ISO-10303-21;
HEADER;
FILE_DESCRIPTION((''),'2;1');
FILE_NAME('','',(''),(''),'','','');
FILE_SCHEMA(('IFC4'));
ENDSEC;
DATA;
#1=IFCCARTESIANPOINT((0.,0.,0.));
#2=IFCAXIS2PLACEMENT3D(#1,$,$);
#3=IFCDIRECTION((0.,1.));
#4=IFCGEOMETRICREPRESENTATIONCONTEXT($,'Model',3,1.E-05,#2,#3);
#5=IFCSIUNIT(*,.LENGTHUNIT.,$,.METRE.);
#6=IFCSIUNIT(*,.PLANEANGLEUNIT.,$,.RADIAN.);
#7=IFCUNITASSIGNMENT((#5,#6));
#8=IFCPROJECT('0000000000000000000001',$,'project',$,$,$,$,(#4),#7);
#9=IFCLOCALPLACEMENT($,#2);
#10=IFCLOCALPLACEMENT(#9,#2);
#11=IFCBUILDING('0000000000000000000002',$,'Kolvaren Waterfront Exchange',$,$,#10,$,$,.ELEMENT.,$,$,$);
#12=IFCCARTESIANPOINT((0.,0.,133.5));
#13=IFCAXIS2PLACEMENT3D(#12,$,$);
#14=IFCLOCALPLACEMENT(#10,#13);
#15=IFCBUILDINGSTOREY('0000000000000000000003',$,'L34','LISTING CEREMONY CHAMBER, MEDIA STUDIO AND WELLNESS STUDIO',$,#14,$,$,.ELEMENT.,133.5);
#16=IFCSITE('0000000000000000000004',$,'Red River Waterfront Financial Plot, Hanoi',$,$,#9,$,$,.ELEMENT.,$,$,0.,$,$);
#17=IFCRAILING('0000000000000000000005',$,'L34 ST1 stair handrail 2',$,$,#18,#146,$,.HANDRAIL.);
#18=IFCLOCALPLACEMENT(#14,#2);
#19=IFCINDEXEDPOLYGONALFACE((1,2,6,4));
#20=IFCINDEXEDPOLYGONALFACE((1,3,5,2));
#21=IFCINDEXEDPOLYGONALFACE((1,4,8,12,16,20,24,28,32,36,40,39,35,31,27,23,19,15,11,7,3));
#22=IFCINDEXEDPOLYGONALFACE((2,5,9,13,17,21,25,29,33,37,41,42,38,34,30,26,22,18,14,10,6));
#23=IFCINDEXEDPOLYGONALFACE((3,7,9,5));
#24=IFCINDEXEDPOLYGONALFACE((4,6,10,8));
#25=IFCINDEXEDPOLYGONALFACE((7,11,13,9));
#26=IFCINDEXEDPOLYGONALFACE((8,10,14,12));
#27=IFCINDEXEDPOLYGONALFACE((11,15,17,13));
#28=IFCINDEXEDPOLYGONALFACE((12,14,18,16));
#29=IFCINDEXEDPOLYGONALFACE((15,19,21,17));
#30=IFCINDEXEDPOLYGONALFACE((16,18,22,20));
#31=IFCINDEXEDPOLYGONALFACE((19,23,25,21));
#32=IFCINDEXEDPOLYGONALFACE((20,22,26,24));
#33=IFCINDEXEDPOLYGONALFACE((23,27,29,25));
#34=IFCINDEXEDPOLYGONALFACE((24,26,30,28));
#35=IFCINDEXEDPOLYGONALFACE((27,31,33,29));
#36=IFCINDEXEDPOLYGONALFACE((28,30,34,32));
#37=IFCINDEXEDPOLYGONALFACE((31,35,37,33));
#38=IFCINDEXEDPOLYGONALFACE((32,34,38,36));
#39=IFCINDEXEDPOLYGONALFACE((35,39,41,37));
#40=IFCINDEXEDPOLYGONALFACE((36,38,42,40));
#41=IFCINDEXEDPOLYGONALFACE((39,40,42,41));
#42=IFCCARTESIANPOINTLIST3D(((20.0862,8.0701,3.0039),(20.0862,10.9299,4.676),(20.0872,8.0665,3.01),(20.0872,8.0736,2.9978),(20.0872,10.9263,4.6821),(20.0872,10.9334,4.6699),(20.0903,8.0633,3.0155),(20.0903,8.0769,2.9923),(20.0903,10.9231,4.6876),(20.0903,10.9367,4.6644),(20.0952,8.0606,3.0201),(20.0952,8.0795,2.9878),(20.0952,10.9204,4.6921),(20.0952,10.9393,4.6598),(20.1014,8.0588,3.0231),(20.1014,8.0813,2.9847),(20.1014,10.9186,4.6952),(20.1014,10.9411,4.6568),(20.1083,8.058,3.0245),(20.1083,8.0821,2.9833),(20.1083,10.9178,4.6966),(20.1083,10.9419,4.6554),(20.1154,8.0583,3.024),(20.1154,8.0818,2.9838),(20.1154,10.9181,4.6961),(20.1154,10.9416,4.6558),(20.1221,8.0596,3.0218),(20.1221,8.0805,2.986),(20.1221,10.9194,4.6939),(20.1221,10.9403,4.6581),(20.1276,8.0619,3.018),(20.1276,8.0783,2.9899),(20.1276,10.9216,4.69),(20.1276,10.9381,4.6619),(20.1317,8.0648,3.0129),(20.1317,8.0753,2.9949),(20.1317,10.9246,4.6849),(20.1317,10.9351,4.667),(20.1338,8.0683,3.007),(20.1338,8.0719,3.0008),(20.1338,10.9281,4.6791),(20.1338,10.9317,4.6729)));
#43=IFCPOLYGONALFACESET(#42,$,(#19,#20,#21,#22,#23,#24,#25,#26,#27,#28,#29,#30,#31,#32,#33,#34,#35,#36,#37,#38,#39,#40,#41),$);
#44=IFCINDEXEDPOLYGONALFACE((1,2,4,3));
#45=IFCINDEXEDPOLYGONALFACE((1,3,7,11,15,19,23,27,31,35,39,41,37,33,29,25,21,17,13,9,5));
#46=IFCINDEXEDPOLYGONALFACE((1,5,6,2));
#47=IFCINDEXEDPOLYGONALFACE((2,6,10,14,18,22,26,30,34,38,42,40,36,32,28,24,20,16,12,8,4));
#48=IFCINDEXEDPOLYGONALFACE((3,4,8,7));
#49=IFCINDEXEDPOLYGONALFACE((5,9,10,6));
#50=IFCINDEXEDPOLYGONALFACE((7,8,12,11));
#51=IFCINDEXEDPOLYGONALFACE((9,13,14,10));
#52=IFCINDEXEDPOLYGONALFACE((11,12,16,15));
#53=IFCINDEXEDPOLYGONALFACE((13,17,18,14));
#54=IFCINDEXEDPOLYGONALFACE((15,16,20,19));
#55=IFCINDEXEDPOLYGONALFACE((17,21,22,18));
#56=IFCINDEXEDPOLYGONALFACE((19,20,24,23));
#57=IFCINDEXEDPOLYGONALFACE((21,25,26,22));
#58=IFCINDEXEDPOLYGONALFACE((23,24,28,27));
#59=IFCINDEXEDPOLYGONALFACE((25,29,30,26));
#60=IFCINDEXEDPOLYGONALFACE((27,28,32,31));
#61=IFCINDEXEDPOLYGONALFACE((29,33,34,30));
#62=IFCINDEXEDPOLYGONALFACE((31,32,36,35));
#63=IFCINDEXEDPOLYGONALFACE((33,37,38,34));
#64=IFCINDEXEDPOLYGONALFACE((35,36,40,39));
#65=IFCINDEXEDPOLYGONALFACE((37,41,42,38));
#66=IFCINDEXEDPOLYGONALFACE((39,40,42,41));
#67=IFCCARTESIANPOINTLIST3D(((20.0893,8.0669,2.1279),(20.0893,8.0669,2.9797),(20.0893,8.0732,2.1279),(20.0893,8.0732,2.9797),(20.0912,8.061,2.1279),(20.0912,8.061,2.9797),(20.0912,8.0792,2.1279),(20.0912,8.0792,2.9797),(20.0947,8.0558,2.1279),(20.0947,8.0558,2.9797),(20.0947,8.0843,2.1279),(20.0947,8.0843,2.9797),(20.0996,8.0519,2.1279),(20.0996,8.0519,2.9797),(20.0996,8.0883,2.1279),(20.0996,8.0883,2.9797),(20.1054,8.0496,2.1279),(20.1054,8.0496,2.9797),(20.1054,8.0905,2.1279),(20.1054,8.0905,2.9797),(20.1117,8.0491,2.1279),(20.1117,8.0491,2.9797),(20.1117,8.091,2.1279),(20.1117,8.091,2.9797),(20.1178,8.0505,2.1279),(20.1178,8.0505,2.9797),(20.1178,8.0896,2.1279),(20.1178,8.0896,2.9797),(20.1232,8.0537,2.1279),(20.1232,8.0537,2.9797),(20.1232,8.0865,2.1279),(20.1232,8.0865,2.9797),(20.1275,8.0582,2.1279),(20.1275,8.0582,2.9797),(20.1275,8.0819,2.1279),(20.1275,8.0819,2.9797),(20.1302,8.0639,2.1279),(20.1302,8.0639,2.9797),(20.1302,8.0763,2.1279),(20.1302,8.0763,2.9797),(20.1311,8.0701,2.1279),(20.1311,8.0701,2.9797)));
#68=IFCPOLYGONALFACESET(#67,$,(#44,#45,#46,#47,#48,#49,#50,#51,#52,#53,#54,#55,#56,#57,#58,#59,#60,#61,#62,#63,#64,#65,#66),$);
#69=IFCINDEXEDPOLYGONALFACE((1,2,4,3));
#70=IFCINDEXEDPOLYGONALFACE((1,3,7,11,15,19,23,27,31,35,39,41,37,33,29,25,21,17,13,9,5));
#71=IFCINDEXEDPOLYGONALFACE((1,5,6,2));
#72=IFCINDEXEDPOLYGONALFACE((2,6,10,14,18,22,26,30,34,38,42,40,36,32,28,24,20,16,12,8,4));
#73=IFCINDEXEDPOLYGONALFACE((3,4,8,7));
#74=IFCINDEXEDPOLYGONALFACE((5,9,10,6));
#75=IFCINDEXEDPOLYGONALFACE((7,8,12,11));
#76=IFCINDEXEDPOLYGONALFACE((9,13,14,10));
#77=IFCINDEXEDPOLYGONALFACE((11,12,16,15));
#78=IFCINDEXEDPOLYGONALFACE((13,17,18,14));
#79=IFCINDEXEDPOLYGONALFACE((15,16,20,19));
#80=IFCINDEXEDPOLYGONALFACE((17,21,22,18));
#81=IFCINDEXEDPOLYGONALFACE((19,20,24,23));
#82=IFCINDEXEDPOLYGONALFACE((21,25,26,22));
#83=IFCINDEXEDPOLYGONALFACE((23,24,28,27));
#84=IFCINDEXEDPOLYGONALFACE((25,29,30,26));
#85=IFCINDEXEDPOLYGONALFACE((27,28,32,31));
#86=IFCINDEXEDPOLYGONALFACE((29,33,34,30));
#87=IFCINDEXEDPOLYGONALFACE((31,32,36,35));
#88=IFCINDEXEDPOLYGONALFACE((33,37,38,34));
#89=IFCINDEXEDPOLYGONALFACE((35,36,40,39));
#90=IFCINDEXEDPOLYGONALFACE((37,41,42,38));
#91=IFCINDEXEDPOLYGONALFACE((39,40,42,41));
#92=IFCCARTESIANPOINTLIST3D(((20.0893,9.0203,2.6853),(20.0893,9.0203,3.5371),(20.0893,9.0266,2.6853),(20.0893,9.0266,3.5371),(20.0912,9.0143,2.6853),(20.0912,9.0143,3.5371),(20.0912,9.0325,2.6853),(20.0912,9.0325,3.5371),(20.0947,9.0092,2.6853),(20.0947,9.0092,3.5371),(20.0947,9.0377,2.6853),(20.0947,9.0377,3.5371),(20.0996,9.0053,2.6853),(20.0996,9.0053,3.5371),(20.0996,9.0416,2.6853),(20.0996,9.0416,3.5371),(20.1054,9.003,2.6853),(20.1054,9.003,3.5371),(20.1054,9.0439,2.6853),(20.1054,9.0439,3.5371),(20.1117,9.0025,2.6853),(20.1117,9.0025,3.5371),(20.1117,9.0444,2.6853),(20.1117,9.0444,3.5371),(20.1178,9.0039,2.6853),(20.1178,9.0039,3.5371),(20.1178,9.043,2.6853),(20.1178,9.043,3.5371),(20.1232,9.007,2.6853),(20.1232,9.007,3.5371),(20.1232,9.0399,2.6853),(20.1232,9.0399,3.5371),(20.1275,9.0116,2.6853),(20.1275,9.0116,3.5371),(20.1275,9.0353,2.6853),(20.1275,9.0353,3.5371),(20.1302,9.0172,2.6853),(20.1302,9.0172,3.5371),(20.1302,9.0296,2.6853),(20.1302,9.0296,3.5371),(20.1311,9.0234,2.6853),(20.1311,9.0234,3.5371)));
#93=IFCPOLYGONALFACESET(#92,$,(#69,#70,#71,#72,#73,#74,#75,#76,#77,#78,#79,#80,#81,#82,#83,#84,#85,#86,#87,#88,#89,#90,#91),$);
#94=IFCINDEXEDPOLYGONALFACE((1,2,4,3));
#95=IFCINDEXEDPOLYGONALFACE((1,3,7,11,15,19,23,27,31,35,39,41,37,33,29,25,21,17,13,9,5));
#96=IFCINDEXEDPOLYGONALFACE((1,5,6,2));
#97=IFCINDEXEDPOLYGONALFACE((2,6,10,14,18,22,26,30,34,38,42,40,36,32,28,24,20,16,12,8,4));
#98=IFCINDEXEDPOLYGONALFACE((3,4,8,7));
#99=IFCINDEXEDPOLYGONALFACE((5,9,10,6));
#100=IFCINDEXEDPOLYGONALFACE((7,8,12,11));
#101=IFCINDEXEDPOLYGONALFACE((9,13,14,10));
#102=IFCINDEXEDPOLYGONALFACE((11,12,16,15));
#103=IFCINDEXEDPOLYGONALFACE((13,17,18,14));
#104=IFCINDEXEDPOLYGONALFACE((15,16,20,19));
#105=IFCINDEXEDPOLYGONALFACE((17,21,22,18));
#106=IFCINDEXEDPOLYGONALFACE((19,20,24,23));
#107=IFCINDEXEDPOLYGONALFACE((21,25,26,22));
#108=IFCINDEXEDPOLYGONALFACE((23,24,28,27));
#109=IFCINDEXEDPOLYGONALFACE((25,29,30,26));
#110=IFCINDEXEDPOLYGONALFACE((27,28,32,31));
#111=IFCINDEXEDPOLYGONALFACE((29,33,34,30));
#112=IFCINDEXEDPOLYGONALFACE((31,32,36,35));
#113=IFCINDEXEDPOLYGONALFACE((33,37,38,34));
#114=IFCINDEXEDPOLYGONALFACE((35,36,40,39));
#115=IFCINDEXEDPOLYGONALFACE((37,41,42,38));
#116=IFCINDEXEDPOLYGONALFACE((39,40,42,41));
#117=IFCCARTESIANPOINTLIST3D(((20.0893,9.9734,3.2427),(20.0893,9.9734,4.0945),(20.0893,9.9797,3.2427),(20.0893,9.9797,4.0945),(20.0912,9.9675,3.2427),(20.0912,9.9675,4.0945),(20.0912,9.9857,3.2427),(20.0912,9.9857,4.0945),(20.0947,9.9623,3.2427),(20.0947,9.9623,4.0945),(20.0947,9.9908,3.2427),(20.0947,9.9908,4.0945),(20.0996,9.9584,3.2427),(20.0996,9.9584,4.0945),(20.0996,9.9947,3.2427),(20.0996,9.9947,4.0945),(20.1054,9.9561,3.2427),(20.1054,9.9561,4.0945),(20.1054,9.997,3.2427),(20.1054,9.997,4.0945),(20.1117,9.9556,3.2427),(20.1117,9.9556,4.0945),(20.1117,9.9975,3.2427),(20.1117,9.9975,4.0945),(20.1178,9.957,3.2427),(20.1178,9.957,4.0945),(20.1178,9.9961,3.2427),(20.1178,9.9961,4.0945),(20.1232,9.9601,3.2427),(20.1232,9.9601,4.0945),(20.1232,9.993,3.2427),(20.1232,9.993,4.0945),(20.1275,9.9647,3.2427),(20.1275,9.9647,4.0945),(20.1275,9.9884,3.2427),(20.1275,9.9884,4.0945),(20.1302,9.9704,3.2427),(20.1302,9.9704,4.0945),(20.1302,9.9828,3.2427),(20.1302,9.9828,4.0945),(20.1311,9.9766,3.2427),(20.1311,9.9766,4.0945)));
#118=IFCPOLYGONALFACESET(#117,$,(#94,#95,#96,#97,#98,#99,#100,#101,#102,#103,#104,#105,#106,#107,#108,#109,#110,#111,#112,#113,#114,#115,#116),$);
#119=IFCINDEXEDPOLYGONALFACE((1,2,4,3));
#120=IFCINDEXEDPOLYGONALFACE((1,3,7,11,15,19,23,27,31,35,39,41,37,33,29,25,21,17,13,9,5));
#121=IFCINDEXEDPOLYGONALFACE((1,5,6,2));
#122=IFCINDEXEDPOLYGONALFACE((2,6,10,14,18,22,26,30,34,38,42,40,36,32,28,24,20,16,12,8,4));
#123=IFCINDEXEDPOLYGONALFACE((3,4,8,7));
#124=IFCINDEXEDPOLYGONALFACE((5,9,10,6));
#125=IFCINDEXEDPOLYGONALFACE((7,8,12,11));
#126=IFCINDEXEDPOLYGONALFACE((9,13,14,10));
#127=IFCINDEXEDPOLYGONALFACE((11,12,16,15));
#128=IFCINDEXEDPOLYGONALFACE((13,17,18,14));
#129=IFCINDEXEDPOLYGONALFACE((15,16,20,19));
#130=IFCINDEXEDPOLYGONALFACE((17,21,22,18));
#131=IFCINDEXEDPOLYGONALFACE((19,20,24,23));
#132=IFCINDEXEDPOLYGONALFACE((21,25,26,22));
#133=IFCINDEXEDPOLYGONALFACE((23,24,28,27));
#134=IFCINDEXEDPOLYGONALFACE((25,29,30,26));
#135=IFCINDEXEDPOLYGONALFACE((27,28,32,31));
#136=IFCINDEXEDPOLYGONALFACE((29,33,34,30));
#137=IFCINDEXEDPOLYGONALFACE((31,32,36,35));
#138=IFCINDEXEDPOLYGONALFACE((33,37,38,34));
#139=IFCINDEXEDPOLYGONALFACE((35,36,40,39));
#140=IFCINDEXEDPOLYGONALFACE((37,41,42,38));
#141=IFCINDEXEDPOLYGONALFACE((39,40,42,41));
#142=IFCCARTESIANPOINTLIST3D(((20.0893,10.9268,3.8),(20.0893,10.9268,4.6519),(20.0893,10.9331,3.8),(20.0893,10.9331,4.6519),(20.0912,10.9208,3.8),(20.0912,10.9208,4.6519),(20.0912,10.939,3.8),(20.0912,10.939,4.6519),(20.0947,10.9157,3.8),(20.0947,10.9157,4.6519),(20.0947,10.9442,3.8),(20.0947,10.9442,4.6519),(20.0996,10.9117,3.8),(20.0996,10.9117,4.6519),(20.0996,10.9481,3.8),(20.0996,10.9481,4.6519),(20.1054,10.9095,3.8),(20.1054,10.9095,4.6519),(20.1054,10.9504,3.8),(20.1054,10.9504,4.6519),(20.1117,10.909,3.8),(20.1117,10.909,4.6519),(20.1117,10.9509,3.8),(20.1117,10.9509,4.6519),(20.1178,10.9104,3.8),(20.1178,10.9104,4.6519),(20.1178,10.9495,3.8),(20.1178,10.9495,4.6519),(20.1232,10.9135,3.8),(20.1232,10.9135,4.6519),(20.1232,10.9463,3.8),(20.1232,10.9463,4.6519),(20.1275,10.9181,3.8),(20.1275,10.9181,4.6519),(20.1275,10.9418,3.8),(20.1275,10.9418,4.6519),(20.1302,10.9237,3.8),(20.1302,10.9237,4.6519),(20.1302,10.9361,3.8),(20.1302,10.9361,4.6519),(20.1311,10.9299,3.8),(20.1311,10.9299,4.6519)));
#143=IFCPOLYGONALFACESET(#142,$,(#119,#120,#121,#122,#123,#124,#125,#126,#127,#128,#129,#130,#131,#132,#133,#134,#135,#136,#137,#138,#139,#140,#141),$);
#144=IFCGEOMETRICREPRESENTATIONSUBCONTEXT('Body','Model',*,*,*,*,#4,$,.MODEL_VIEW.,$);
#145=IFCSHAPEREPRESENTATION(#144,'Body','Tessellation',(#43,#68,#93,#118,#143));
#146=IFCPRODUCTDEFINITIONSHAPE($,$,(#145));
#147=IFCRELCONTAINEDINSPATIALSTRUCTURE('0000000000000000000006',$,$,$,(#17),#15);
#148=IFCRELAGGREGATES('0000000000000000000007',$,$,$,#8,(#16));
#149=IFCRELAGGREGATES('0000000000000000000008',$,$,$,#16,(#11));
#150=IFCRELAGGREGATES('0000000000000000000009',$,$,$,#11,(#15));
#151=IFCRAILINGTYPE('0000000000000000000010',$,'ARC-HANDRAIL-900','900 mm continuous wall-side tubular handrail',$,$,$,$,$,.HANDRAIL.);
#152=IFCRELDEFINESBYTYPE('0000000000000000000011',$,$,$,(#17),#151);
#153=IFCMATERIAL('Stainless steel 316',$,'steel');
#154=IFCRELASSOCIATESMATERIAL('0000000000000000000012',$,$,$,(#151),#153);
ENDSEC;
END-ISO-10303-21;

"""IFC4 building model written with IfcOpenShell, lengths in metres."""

from ifc_helpers import new_model, si_unit, direction, frame, origin, origin_2d, place, context, subcontext, project, spatial, circle, extrude, material, type_object, element, save


model = new_model("IFC4")

# Units and contexts
model_context = context("Model", 3, precision=1e-05, world=origin(), true_north=direction((0.0, 1.0)))
body_context = subcontext(model_context, "Body", "Model", "MODEL_VIEW")
ifc_project = project(units=[si_unit("LENGTHUNIT", "METRE"), si_unit("PLANEANGLEUNIT", "RADIAN")], contexts=[model_context])

# Site, building, storey
site_placement = place(None, origin())
site = spatial("IfcSite", under=ifc_project, at=site_placement, Name="Red River Waterfront Financial Plot, Hanoi", CompositionType="ELEMENT", RefElevation=0.0)
building_placement = place(site_placement, origin())
building = spatial("IfcBuilding", under=site, at=building_placement, Name="Kolvaren Waterfront Exchange", CompositionType="ELEMENT")
storey_placement = place(building_placement, frame((0.0, 0.0, 133.5)))
storey = spatial("IfcBuildingStorey", under=building, at=storey_placement, Name="L34", Description="LISTING CEREMONY CHAMBER, MEDIA STUDIO AND WELLNESS STUDIO", CompositionType="ELEMENT", Elevation=133.5)

# Railing
ifc_material_1 = material(Name="Stainless steel 316", Category="steel")
railing_type_1 = type_object("IfcRailingType", Name="ARC-HANDRAIL-900", Description="900 mm continuous wall-side tubular handrail", PredefinedType="HANDRAIL", material=ifc_material_1)
railing_1_placement = place(storey_placement, frame((20.1101, 8.0701, 2.1279)))
element("IfcRailing", 1, at=railing_1_placement, inside=storey, type_object=railing_type_1, Name="L34 ST1 stair handrail 2", PredefinedType="HANDRAIL", context=body_context, shape_type="SweptSolid", body=[
    extrude(circle(Radius=0.0239, at=origin_2d()), frame((0.0, 0.0, 0.876), z_axis=(0.0, 0.863271, 0.504741), x_axis=(-1.0, 0.0, 0.0)), (0.0, 0.0, 1.0), 3.3127),
    extrude(circle(Radius=0.021, at=origin_2d()), origin(), (0.0, 0.0, 1.0), 0.8518),
    extrude(circle(Radius=0.021, at=origin_2d()), frame((0.0, 0.9534, 0.5574)), (0.0, 0.0, 1.0), 0.8518),
    extrude(circle(Radius=0.021, at=origin_2d()), frame((0.0, 1.9065, 1.1147)), (0.0, 0.0, 1.0), 0.8518),
    extrude(circle(Radius=0.021, at=origin_2d()), frame((0.0, 2.8599, 1.6721)), (0.0, 0.0, 1.0), 0.8518),
])

save(model, "model.ifc")
